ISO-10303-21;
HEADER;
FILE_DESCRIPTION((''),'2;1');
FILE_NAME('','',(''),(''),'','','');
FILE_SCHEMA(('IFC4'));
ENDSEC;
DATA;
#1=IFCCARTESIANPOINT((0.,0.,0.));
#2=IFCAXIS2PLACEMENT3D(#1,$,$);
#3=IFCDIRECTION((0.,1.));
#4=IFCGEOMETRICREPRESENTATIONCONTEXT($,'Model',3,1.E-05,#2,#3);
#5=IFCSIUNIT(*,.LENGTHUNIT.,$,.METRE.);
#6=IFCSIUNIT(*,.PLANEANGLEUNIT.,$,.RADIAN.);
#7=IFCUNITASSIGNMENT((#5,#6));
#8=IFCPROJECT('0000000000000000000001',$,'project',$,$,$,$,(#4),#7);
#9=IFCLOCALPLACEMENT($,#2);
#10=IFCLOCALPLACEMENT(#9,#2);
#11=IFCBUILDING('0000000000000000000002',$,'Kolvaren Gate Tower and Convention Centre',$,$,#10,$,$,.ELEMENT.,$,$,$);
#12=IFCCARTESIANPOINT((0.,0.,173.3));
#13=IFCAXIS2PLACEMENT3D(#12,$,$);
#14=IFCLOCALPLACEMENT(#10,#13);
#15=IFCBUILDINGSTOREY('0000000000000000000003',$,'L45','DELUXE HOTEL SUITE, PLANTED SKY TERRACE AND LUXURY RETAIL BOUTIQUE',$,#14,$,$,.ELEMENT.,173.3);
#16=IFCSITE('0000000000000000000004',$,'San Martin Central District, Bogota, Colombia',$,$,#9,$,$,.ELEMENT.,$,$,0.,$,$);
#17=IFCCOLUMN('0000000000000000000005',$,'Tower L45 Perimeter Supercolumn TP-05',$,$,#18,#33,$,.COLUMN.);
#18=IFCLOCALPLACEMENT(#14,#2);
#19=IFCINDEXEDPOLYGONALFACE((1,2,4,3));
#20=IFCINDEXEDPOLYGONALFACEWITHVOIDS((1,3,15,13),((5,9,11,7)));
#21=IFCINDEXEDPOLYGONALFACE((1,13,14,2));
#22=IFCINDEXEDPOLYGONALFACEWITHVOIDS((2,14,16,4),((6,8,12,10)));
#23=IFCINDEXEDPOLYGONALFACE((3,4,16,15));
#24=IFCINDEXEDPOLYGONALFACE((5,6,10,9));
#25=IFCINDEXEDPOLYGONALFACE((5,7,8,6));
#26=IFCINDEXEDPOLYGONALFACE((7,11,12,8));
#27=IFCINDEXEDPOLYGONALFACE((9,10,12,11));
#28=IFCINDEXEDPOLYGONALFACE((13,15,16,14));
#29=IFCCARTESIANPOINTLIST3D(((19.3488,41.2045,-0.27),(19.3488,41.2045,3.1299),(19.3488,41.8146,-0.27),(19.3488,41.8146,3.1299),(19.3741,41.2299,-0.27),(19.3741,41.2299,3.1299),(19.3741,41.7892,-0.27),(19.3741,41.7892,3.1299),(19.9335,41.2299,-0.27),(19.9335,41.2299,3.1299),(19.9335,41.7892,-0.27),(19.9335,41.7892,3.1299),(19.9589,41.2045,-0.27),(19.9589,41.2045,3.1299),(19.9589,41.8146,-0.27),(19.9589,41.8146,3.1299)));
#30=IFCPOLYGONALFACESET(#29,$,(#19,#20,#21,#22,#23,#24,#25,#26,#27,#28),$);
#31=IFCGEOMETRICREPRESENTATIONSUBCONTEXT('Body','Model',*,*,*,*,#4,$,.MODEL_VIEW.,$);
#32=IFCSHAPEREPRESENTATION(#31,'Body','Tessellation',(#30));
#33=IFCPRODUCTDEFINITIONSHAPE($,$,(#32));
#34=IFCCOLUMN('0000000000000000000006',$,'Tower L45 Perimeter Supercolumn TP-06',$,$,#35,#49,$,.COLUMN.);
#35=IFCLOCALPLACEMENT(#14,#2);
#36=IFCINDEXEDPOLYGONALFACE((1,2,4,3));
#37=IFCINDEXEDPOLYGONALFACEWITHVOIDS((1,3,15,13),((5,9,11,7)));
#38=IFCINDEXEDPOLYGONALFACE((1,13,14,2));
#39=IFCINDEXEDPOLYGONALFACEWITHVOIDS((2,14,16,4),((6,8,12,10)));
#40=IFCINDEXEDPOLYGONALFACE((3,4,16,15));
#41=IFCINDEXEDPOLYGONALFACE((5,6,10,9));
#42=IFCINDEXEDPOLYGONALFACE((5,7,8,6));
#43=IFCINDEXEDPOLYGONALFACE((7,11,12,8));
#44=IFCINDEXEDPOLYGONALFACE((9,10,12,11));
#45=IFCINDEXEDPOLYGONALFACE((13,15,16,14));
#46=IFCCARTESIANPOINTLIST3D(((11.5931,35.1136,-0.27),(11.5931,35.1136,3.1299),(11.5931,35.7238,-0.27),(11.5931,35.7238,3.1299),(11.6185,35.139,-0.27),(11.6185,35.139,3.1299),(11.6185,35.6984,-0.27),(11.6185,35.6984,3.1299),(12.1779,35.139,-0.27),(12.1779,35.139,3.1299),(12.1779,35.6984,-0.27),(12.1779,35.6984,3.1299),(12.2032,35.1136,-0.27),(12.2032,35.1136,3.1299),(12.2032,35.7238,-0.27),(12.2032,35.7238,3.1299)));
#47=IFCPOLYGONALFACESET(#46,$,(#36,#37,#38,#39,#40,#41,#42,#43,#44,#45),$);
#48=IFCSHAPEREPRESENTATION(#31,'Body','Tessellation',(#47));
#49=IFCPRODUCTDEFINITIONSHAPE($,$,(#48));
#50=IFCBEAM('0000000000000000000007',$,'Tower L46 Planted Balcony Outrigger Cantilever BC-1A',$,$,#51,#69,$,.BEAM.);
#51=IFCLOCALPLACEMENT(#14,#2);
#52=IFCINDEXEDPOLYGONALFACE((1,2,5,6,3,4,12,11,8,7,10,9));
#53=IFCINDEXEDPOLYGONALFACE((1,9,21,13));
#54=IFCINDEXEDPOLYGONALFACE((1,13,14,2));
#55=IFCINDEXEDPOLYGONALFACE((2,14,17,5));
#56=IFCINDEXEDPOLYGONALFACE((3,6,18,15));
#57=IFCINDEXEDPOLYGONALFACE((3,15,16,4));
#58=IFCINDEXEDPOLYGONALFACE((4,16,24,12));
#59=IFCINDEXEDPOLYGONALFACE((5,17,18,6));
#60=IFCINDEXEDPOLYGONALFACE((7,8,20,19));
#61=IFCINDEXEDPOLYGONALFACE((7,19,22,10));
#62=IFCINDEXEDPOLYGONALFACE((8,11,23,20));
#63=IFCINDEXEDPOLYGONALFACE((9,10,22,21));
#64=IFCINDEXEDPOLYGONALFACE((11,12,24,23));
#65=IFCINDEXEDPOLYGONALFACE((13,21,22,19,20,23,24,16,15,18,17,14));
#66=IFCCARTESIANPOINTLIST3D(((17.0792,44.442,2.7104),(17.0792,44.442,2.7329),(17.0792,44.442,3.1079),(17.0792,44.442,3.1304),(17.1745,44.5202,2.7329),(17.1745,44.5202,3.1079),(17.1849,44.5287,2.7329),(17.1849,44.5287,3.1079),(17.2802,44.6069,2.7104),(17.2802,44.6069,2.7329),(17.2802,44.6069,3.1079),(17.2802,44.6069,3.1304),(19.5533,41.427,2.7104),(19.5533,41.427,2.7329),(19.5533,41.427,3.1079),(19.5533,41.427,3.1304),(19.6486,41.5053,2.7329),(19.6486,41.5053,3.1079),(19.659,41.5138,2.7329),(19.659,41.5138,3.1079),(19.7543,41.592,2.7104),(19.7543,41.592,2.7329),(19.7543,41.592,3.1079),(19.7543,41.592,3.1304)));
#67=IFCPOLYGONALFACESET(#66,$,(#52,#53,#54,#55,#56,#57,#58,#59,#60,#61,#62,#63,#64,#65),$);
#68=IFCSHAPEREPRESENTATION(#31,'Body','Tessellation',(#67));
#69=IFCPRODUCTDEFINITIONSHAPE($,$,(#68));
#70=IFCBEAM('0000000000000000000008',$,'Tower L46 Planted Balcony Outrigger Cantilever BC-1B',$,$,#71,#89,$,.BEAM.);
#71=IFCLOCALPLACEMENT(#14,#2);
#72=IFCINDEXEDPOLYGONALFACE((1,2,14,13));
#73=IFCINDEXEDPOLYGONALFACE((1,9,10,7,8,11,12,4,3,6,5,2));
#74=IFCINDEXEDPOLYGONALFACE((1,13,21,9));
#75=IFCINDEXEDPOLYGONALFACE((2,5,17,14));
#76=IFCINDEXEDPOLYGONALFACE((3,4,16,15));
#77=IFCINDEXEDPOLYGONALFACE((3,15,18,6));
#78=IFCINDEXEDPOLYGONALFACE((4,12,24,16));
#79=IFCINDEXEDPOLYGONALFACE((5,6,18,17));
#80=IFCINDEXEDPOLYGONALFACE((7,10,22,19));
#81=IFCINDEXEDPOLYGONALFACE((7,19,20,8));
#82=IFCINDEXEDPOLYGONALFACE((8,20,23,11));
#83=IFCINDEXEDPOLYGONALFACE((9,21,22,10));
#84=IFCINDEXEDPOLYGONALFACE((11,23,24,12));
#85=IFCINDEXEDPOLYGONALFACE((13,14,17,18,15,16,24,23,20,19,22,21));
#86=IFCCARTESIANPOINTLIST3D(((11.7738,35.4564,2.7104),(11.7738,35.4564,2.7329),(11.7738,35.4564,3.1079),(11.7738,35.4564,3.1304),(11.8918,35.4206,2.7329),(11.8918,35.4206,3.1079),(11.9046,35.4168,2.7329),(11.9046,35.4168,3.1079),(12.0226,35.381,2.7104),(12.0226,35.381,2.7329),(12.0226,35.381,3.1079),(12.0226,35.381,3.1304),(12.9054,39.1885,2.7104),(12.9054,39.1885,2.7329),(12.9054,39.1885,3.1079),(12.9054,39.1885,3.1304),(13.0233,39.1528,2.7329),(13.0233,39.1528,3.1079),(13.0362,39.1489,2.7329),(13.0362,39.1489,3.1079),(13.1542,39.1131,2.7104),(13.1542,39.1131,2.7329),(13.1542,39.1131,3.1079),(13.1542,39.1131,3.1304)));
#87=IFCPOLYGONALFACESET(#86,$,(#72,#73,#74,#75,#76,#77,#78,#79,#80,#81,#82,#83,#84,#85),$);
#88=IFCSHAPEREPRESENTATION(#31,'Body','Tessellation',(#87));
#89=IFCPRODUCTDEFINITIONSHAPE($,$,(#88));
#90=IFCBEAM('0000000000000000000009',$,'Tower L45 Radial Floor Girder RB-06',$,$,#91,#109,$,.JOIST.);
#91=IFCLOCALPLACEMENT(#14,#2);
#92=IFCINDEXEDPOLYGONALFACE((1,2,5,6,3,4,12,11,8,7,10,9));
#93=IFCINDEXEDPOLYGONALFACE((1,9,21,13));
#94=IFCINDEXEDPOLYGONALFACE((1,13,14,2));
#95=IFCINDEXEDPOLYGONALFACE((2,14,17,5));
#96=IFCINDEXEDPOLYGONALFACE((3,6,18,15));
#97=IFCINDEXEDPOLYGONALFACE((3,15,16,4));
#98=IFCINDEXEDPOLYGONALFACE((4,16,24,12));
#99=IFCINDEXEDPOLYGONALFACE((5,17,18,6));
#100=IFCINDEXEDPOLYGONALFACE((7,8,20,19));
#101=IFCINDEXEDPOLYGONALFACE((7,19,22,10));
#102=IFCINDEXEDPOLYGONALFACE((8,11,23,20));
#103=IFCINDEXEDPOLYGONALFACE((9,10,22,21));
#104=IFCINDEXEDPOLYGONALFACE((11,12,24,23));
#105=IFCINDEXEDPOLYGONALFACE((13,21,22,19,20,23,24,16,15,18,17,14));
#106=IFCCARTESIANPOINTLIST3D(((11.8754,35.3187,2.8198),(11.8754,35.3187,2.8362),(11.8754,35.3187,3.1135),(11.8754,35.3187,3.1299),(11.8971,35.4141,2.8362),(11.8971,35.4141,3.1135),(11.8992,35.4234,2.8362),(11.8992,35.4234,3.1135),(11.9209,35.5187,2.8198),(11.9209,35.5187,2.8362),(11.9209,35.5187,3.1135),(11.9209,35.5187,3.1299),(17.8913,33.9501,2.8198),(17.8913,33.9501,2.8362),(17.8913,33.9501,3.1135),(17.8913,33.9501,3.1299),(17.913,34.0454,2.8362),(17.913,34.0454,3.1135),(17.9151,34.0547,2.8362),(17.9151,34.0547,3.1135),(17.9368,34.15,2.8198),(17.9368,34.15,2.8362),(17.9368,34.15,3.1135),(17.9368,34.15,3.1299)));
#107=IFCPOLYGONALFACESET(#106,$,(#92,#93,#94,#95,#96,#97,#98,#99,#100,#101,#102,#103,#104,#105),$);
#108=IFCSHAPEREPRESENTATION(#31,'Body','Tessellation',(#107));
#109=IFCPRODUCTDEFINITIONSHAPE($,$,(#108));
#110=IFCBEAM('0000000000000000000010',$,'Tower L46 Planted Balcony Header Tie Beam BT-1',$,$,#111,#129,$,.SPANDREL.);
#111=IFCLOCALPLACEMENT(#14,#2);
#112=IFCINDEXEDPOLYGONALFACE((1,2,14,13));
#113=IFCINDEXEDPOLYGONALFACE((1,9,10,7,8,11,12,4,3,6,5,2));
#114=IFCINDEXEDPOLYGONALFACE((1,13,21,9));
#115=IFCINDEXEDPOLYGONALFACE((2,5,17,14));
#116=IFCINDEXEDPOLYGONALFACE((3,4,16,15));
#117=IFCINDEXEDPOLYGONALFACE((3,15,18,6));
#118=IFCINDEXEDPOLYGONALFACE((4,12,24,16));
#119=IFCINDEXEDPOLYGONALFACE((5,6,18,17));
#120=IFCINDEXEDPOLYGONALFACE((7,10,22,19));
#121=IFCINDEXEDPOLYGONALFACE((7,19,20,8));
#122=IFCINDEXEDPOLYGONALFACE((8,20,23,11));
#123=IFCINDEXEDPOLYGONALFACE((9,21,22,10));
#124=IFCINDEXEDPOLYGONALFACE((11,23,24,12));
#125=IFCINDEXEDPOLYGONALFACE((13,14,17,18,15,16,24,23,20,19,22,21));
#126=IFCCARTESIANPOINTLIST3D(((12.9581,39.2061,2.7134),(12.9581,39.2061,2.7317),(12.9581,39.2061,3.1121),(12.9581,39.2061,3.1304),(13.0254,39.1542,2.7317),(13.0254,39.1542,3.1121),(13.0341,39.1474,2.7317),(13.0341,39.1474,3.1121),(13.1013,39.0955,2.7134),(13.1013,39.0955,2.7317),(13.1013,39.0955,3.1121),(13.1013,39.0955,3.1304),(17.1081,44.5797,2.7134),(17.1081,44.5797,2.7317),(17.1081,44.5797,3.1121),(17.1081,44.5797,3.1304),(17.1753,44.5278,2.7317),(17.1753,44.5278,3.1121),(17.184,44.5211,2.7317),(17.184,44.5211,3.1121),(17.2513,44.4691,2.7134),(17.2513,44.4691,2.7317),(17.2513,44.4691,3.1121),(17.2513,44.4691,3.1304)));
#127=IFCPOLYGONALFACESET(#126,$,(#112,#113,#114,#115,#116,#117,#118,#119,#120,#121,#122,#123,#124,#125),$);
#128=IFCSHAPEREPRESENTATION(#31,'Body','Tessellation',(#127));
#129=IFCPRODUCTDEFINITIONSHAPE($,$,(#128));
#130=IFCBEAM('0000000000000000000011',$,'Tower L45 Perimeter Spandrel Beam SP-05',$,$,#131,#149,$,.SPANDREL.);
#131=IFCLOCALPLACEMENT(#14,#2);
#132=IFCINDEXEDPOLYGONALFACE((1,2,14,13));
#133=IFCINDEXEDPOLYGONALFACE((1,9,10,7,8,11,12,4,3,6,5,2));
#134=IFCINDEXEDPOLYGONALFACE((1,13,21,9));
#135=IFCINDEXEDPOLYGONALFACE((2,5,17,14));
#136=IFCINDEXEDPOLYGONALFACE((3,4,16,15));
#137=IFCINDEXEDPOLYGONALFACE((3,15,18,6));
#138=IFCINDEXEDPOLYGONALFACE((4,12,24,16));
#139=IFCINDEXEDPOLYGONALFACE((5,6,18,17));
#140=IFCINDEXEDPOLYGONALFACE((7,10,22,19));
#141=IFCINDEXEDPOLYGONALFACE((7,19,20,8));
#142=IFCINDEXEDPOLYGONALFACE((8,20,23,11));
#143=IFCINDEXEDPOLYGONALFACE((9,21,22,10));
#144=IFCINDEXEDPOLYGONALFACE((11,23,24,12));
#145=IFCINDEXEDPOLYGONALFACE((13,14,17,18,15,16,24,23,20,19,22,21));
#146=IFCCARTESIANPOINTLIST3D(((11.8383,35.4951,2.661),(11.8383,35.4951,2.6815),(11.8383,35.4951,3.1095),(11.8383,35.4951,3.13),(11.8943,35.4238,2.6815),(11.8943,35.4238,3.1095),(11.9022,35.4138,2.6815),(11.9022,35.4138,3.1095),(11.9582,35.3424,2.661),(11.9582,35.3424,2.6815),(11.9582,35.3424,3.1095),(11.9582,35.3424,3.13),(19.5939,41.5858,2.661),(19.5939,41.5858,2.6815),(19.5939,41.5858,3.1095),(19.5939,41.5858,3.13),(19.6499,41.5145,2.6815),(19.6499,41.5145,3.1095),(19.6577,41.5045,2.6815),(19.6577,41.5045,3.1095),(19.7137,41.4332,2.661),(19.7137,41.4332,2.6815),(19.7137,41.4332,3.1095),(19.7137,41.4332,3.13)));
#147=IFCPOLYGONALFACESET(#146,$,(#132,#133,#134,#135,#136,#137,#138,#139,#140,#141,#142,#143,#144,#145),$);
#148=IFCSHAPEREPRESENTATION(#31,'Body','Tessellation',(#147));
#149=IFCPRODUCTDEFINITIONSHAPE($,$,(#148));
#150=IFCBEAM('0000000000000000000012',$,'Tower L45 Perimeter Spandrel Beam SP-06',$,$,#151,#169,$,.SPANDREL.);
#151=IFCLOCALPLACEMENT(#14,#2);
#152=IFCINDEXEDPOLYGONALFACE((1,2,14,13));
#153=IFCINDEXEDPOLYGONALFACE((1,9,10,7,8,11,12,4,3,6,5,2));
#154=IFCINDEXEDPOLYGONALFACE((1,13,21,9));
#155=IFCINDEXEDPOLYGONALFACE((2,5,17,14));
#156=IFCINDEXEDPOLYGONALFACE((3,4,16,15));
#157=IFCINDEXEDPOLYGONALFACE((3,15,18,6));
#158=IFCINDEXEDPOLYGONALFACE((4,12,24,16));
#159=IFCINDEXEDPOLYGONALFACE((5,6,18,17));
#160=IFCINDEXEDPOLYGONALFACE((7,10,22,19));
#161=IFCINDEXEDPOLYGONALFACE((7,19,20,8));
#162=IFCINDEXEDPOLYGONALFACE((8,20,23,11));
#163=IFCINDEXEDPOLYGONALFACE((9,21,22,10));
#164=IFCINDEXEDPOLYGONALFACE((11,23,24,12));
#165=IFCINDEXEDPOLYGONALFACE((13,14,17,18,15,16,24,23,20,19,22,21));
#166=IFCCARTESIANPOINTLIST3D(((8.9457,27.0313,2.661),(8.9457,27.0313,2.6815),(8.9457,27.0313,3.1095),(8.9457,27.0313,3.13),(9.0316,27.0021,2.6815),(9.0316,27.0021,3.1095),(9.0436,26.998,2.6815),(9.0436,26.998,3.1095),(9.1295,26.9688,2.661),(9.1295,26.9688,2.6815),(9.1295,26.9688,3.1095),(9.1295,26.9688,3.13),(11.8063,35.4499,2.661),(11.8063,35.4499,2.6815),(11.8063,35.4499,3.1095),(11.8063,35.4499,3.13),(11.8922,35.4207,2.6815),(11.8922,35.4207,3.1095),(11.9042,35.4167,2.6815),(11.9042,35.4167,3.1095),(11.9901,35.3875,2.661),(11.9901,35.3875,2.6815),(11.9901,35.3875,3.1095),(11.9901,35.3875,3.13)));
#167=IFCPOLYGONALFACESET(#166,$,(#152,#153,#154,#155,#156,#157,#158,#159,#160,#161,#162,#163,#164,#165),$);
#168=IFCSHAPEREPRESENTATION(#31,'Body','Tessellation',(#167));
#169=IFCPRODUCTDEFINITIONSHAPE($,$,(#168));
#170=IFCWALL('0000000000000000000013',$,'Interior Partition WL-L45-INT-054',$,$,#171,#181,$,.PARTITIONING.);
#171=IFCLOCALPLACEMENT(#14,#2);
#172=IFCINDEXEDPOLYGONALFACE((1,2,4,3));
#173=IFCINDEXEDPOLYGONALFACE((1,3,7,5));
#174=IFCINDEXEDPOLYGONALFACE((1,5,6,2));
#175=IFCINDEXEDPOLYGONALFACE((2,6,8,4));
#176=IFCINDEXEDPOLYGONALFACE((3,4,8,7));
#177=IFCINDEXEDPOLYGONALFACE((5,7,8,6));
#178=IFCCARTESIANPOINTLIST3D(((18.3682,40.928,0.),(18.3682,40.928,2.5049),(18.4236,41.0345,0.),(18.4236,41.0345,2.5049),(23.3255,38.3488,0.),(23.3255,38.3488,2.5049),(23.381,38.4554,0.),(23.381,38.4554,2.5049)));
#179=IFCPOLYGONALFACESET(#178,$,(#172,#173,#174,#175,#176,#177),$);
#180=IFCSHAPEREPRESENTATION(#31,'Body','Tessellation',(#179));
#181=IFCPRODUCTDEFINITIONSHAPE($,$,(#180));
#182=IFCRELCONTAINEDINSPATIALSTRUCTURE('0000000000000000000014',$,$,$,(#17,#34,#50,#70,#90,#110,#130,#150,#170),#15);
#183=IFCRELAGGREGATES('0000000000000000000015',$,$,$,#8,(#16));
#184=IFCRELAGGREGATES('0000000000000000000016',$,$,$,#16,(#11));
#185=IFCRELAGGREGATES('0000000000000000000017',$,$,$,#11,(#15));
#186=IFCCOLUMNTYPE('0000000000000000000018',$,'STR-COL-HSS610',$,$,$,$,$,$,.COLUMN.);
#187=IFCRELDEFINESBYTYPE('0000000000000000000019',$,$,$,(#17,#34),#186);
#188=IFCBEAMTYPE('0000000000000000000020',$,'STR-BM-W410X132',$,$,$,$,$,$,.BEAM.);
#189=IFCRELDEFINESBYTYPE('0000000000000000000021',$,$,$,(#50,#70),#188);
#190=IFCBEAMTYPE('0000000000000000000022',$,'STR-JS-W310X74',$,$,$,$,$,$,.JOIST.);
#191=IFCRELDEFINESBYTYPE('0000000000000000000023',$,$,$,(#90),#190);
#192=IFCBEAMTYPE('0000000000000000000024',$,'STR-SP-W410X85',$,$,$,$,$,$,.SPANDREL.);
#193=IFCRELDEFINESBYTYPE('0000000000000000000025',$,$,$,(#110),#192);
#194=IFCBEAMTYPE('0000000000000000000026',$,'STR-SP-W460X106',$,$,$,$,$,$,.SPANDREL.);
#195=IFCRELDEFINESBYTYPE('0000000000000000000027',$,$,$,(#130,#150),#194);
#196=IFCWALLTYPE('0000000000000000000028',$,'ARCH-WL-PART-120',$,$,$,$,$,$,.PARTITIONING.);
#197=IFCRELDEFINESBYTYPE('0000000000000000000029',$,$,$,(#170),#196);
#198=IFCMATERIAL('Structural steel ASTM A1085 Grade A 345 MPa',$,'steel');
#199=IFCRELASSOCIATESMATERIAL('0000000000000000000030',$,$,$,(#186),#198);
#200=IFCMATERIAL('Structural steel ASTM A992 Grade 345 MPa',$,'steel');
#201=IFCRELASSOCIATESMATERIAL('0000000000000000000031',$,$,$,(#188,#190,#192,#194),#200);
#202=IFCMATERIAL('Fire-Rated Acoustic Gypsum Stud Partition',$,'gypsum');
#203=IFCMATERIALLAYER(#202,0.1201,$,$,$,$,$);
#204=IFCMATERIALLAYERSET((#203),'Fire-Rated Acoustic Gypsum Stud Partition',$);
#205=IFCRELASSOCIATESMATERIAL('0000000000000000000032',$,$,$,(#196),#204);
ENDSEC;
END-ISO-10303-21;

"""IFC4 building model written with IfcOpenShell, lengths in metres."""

from ifc_helpers import new_model, si_unit, direction, frame, frame_2d, origin, origin_2d, place, context, subcontext, project, spatial, rectangle, hollow_rectangle, i_section, extrude, material, layer, layer_set, material_profile, profile_set, type_object, element, save


model = new_model("IFC4")

# Units and contexts
model_context = context("Model", 3, precision=1e-05, world=origin(), true_north=direction((0.0, 1.0)))
body_context = subcontext(model_context, "Body", "Model", "MODEL_VIEW")
ifc_project = project(units=[si_unit("LENGTHUNIT", "METRE"), si_unit("PLANEANGLEUNIT", "RADIAN")], contexts=[model_context])

# Site, building, storey
site_placement = place(None, origin())
site = spatial("IfcSite", under=ifc_project, at=site_placement, Name="San Martin Central District, Bogota, Colombia", CompositionType="ELEMENT", RefElevation=0.0)
building_placement = place(site_placement, origin())
building = spatial("IfcBuilding", under=site, at=building_placement, Name="Kolvaren Gate Tower and Convention Centre", CompositionType="ELEMENT")
storey_placement = place(building_placement, frame((0.0, 0.0, 173.3)))
storey = spatial("IfcBuildingStorey", under=building, at=storey_placement, Name="L45", Description="DELUXE HOTEL SUITE, PLANTED SKY TERRACE AND LUXURY RETAIL BOUTIQUE", CompositionType="ELEMENT", Elevation=173.3)

# Columns
ifc_material_1 = material(Name="Structural steel ASTM A1085 Grade A 345 MPa", Category="steel")
ifc_material_profile_1 = material_profile(ifc_material_1, hollow_rectangle(XDim=0.6101, YDim=0.6101, WallThickness=0.0254, at=origin_2d()), Name="HSS610X610X25.4")
ifc_profile_set_1 = profile_set([ifc_material_profile_1], Name="Structural steel ASTM A1085 Grade A 345 MPa")
column_type = type_object("IfcColumnType", Name="STR-COL-HSS610", PredefinedType="COLUMN", material=ifc_profile_set_1)
for number, where, z_axis, x_axis, name in (
    (1, (19.6538, 41.5095, -0.27), (0.0, 0.0, 1.0), (1.0, 0.0, 0.0), "Tower L45 Perimeter Supercolumn TP-05"),
    (2, (11.8982, 35.4187, -0.27), (0.0, 0.0, 1.0), (1.0, 0.0, 0.0), "Tower L45 Perimeter Supercolumn TP-06"),
):
    element("IfcColumn", number, at=place(storey_placement, frame(where, z_axis=z_axis, x_axis=x_axis)), inside=storey, type_object=column_type, Name=name, PredefinedType="COLUMN", context=body_context, shape_type="SweptSolid", body=[
        extrude(hollow_rectangle(XDim=0.6101, YDim=0.6101, WallThickness=0.0254, at=origin_2d()), origin(), (0.0, 0.0, 1.0), 3.3999),
    ])

# Beams
ifc_material_2 = material(Name="Structural steel ASTM A992 Grade 345 MPa", Category="steel")
ifc_material_profile_2 = material_profile(ifc_material_2, i_section(OverallWidth=0.26, OverallDepth=0.4199, WebThickness=0.0134, FlangeThickness=0.0225, at=origin_2d()), Name="W410X132")
ifc_profile_set_2 = profile_set([ifc_material_profile_2], Name="Structural steel ASTM A992 Grade 345 MPa")
beam_type_1 = type_object("IfcBeamType", Name="STR-BM-W410X132", PredefinedType="BEAM", material=ifc_profile_set_2)
beam_1_placement = place(storey_placement, frame((19.6538, 41.5095, 2.9204), z_axis=(-0.634372, 0.773028, 0.0), x_axis=(-0.773028, -0.634372, 0.0)))
element("IfcBeam", 3, at=beam_1_placement, inside=storey, type_object=beam_type_1, Name="Tower L46 Planted Balcony Outrigger Cantilever BC-1A", PredefinedType="BEAM", context=body_context, shape_type="SweptSolid", body=[
    extrude(i_section(OverallWidth=0.26, OverallDepth=0.4199, WebThickness=0.0134, FlangeThickness=0.0225, at=origin_2d()), origin(), (0.0, 0.0, 1.0), 3.9001),
])
beam_2_placement = place(storey_placement, frame((11.8982, 35.4187, 2.9204), z_axis=(0.290155, 0.95698, 0.0), x_axis=(-0.95698, 0.290155, 0.0)))
element("IfcBeam", 4, at=beam_2_placement, inside=storey, type_object=beam_type_1, Name="Tower L46 Planted Balcony Outrigger Cantilever BC-1B", PredefinedType="BEAM", context=body_context, shape_type="SweptSolid", body=[
    extrude(i_section(OverallWidth=0.26, OverallDepth=0.4199, WebThickness=0.0134, FlangeThickness=0.0225, at=origin_2d()), origin(), (0.0, 0.0, 1.0), 3.8999),
])
ifc_material_profile_3 = material_profile(ifc_material_2, i_section(OverallWidth=0.2051, OverallDepth=0.3101, WebThickness=0.0095, FlangeThickness=0.0164, at=origin_2d()), Name="W310X74")
ifc_profile_set_3 = profile_set([ifc_material_profile_3], Name="Structural steel ASTM A992 Grade 345 MPa")
beam_type_2 = type_object("IfcBeamType", Name="STR-JS-W310X74", PredefinedType="JOIST", material=ifc_profile_set_3)
beam_3_placement = place(storey_placement, frame((17.9141, 34.05, 2.9749), z_axis=(-0.975083, 0.221838, 0.0), x_axis=(-0.221838, -0.975083, 0.0)))
element("IfcBeam", 5, at=beam_3_placement, inside=storey, type_object=beam_type_2, Name="Tower L45 Radial Floor Girder RB-06", PredefinedType="JOIST", context=body_context, shape_type="SweptSolid", body=[
    extrude(i_section(OverallWidth=0.2051, OverallDepth=0.3101, WebThickness=0.0095, FlangeThickness=0.0164, at=origin_2d()), origin(), (0.0, 0.0, 1.0), 6.1697),
])
ifc_material_profile_4 = material_profile(ifc_material_2, i_section(OverallWidth=0.1809, OverallDepth=0.417, WebThickness=0.011, FlangeThickness=0.0183, at=origin_2d()), Name="W410X85")
ifc_profile_set_4 = profile_set([ifc_material_profile_4], Name="Structural steel ASTM A992 Grade 345 MPa")
beam_type_3 = type_object("IfcBeamType", Name="STR-SP-W410X85", PredefinedType="SPANDREL", material=ifc_profile_set_4)
beam_4_placement = place(storey_placement, frame((17.1797, 44.5244, 2.9219), z_axis=(-0.611228, -0.791454, 0.0), x_axis=(0.791454, -0.611228, 0.0)))
element("IfcBeam", 6, at=beam_4_placement, inside=storey, type_object=beam_type_3, Name="Tower L46 Planted Balcony Header Tie Beam BT-1", PredefinedType="SPANDREL", context=body_context, shape_type="SweptSolid", body=[
    extrude(i_section(OverallWidth=0.1809, OverallDepth=0.417, WebThickness=0.011, FlangeThickness=0.0183, at=origin_2d()), origin(), (0.0, 0.0, 1.0), 6.7896),
])
ifc_material_profile_5 = material_profile(ifc_material_2, i_section(OverallWidth=0.1941, OverallDepth=0.469, WebThickness=0.0127, FlangeThickness=0.0205, at=origin_2d()), Name="W460X106")
ifc_profile_set_5 = profile_set([ifc_material_profile_5], Name="Structural steel ASTM A992 Grade 345 MPa")
beam_type_4 = type_object("IfcBeamType", Name="STR-SP-W460X106", PredefinedType="SPANDREL", material=ifc_profile_set_5)
beam_5_placement = place(storey_placement, frame((19.6538, 41.5095, 2.8955), z_axis=(-0.78646, -0.617641, 0.0), x_axis=(0.617641, -0.78646, 0.0)))
element("IfcBeam", 7, at=beam_5_placement, inside=storey, type_object=beam_type_4, Name="Tower L45 Perimeter Spandrel Beam SP-05", PredefinedType="SPANDREL", context=body_context, shape_type="SweptSolid", body=[
    extrude(i_section(OverallWidth=0.1941, OverallDepth=0.469, WebThickness=0.0127, FlangeThickness=0.0205, at=origin_2d()), origin(), (0.0, 0.0, 1.0), 9.8613),
])
beam_6_placement = place(storey_placement, frame((11.8982, 35.4187, 2.8955), z_axis=(-0.321725, -0.946833, 0.0), x_axis=(0.946833, -0.321725, 0.0)))
element("IfcBeam", 8, at=beam_6_placement, inside=storey, type_object=beam_type_4, Name="Tower L45 Perimeter Spandrel Beam SP-06", PredefinedType="SPANDREL", context=body_context, shape_type="SweptSolid", body=[
    extrude(i_section(OverallWidth=0.1941, OverallDepth=0.469, WebThickness=0.0127, FlangeThickness=0.0205, at=origin_2d()), origin(), (0.0, 0.0, 1.0), 8.8914),
])

# Wall
ifc_material_3 = material(Name="Fire-Rated Acoustic Gypsum Stud Partition", Category="gypsum")
ifc_layer_1 = layer(ifc_material_3, 0.1201)
ifc_layer_set_1 = layer_set([ifc_layer_1], Name="Fire-Rated Acoustic Gypsum Stud Partition")
wall_type_1 = type_object("IfcWallType", Name="ARCH-WL-PART-120", PredefinedType="PARTITIONING", material=ifc_layer_set_1)
wall_1_placement = place(storey_placement, frame((18.396, 40.9812, 0.0), z_axis=(0.0, 0.0, 1.0), x_axis=(0.88712, -0.461538, 0.0)))
element("IfcWall", 9, at=wall_1_placement, inside=storey, type_object=wall_type_1, Name="Interior Partition WL-L45-INT-054", PredefinedType="PARTITIONING", context=body_context, shape_type="SweptSolid", body=[
    extrude(rectangle(XDim=5.5881, YDim=0.1201, at=frame_2d((2.7939, 0.0))), origin(), (0.0, 0.0, 1.0), 2.5049),
])

save(model, "model.ifc")
